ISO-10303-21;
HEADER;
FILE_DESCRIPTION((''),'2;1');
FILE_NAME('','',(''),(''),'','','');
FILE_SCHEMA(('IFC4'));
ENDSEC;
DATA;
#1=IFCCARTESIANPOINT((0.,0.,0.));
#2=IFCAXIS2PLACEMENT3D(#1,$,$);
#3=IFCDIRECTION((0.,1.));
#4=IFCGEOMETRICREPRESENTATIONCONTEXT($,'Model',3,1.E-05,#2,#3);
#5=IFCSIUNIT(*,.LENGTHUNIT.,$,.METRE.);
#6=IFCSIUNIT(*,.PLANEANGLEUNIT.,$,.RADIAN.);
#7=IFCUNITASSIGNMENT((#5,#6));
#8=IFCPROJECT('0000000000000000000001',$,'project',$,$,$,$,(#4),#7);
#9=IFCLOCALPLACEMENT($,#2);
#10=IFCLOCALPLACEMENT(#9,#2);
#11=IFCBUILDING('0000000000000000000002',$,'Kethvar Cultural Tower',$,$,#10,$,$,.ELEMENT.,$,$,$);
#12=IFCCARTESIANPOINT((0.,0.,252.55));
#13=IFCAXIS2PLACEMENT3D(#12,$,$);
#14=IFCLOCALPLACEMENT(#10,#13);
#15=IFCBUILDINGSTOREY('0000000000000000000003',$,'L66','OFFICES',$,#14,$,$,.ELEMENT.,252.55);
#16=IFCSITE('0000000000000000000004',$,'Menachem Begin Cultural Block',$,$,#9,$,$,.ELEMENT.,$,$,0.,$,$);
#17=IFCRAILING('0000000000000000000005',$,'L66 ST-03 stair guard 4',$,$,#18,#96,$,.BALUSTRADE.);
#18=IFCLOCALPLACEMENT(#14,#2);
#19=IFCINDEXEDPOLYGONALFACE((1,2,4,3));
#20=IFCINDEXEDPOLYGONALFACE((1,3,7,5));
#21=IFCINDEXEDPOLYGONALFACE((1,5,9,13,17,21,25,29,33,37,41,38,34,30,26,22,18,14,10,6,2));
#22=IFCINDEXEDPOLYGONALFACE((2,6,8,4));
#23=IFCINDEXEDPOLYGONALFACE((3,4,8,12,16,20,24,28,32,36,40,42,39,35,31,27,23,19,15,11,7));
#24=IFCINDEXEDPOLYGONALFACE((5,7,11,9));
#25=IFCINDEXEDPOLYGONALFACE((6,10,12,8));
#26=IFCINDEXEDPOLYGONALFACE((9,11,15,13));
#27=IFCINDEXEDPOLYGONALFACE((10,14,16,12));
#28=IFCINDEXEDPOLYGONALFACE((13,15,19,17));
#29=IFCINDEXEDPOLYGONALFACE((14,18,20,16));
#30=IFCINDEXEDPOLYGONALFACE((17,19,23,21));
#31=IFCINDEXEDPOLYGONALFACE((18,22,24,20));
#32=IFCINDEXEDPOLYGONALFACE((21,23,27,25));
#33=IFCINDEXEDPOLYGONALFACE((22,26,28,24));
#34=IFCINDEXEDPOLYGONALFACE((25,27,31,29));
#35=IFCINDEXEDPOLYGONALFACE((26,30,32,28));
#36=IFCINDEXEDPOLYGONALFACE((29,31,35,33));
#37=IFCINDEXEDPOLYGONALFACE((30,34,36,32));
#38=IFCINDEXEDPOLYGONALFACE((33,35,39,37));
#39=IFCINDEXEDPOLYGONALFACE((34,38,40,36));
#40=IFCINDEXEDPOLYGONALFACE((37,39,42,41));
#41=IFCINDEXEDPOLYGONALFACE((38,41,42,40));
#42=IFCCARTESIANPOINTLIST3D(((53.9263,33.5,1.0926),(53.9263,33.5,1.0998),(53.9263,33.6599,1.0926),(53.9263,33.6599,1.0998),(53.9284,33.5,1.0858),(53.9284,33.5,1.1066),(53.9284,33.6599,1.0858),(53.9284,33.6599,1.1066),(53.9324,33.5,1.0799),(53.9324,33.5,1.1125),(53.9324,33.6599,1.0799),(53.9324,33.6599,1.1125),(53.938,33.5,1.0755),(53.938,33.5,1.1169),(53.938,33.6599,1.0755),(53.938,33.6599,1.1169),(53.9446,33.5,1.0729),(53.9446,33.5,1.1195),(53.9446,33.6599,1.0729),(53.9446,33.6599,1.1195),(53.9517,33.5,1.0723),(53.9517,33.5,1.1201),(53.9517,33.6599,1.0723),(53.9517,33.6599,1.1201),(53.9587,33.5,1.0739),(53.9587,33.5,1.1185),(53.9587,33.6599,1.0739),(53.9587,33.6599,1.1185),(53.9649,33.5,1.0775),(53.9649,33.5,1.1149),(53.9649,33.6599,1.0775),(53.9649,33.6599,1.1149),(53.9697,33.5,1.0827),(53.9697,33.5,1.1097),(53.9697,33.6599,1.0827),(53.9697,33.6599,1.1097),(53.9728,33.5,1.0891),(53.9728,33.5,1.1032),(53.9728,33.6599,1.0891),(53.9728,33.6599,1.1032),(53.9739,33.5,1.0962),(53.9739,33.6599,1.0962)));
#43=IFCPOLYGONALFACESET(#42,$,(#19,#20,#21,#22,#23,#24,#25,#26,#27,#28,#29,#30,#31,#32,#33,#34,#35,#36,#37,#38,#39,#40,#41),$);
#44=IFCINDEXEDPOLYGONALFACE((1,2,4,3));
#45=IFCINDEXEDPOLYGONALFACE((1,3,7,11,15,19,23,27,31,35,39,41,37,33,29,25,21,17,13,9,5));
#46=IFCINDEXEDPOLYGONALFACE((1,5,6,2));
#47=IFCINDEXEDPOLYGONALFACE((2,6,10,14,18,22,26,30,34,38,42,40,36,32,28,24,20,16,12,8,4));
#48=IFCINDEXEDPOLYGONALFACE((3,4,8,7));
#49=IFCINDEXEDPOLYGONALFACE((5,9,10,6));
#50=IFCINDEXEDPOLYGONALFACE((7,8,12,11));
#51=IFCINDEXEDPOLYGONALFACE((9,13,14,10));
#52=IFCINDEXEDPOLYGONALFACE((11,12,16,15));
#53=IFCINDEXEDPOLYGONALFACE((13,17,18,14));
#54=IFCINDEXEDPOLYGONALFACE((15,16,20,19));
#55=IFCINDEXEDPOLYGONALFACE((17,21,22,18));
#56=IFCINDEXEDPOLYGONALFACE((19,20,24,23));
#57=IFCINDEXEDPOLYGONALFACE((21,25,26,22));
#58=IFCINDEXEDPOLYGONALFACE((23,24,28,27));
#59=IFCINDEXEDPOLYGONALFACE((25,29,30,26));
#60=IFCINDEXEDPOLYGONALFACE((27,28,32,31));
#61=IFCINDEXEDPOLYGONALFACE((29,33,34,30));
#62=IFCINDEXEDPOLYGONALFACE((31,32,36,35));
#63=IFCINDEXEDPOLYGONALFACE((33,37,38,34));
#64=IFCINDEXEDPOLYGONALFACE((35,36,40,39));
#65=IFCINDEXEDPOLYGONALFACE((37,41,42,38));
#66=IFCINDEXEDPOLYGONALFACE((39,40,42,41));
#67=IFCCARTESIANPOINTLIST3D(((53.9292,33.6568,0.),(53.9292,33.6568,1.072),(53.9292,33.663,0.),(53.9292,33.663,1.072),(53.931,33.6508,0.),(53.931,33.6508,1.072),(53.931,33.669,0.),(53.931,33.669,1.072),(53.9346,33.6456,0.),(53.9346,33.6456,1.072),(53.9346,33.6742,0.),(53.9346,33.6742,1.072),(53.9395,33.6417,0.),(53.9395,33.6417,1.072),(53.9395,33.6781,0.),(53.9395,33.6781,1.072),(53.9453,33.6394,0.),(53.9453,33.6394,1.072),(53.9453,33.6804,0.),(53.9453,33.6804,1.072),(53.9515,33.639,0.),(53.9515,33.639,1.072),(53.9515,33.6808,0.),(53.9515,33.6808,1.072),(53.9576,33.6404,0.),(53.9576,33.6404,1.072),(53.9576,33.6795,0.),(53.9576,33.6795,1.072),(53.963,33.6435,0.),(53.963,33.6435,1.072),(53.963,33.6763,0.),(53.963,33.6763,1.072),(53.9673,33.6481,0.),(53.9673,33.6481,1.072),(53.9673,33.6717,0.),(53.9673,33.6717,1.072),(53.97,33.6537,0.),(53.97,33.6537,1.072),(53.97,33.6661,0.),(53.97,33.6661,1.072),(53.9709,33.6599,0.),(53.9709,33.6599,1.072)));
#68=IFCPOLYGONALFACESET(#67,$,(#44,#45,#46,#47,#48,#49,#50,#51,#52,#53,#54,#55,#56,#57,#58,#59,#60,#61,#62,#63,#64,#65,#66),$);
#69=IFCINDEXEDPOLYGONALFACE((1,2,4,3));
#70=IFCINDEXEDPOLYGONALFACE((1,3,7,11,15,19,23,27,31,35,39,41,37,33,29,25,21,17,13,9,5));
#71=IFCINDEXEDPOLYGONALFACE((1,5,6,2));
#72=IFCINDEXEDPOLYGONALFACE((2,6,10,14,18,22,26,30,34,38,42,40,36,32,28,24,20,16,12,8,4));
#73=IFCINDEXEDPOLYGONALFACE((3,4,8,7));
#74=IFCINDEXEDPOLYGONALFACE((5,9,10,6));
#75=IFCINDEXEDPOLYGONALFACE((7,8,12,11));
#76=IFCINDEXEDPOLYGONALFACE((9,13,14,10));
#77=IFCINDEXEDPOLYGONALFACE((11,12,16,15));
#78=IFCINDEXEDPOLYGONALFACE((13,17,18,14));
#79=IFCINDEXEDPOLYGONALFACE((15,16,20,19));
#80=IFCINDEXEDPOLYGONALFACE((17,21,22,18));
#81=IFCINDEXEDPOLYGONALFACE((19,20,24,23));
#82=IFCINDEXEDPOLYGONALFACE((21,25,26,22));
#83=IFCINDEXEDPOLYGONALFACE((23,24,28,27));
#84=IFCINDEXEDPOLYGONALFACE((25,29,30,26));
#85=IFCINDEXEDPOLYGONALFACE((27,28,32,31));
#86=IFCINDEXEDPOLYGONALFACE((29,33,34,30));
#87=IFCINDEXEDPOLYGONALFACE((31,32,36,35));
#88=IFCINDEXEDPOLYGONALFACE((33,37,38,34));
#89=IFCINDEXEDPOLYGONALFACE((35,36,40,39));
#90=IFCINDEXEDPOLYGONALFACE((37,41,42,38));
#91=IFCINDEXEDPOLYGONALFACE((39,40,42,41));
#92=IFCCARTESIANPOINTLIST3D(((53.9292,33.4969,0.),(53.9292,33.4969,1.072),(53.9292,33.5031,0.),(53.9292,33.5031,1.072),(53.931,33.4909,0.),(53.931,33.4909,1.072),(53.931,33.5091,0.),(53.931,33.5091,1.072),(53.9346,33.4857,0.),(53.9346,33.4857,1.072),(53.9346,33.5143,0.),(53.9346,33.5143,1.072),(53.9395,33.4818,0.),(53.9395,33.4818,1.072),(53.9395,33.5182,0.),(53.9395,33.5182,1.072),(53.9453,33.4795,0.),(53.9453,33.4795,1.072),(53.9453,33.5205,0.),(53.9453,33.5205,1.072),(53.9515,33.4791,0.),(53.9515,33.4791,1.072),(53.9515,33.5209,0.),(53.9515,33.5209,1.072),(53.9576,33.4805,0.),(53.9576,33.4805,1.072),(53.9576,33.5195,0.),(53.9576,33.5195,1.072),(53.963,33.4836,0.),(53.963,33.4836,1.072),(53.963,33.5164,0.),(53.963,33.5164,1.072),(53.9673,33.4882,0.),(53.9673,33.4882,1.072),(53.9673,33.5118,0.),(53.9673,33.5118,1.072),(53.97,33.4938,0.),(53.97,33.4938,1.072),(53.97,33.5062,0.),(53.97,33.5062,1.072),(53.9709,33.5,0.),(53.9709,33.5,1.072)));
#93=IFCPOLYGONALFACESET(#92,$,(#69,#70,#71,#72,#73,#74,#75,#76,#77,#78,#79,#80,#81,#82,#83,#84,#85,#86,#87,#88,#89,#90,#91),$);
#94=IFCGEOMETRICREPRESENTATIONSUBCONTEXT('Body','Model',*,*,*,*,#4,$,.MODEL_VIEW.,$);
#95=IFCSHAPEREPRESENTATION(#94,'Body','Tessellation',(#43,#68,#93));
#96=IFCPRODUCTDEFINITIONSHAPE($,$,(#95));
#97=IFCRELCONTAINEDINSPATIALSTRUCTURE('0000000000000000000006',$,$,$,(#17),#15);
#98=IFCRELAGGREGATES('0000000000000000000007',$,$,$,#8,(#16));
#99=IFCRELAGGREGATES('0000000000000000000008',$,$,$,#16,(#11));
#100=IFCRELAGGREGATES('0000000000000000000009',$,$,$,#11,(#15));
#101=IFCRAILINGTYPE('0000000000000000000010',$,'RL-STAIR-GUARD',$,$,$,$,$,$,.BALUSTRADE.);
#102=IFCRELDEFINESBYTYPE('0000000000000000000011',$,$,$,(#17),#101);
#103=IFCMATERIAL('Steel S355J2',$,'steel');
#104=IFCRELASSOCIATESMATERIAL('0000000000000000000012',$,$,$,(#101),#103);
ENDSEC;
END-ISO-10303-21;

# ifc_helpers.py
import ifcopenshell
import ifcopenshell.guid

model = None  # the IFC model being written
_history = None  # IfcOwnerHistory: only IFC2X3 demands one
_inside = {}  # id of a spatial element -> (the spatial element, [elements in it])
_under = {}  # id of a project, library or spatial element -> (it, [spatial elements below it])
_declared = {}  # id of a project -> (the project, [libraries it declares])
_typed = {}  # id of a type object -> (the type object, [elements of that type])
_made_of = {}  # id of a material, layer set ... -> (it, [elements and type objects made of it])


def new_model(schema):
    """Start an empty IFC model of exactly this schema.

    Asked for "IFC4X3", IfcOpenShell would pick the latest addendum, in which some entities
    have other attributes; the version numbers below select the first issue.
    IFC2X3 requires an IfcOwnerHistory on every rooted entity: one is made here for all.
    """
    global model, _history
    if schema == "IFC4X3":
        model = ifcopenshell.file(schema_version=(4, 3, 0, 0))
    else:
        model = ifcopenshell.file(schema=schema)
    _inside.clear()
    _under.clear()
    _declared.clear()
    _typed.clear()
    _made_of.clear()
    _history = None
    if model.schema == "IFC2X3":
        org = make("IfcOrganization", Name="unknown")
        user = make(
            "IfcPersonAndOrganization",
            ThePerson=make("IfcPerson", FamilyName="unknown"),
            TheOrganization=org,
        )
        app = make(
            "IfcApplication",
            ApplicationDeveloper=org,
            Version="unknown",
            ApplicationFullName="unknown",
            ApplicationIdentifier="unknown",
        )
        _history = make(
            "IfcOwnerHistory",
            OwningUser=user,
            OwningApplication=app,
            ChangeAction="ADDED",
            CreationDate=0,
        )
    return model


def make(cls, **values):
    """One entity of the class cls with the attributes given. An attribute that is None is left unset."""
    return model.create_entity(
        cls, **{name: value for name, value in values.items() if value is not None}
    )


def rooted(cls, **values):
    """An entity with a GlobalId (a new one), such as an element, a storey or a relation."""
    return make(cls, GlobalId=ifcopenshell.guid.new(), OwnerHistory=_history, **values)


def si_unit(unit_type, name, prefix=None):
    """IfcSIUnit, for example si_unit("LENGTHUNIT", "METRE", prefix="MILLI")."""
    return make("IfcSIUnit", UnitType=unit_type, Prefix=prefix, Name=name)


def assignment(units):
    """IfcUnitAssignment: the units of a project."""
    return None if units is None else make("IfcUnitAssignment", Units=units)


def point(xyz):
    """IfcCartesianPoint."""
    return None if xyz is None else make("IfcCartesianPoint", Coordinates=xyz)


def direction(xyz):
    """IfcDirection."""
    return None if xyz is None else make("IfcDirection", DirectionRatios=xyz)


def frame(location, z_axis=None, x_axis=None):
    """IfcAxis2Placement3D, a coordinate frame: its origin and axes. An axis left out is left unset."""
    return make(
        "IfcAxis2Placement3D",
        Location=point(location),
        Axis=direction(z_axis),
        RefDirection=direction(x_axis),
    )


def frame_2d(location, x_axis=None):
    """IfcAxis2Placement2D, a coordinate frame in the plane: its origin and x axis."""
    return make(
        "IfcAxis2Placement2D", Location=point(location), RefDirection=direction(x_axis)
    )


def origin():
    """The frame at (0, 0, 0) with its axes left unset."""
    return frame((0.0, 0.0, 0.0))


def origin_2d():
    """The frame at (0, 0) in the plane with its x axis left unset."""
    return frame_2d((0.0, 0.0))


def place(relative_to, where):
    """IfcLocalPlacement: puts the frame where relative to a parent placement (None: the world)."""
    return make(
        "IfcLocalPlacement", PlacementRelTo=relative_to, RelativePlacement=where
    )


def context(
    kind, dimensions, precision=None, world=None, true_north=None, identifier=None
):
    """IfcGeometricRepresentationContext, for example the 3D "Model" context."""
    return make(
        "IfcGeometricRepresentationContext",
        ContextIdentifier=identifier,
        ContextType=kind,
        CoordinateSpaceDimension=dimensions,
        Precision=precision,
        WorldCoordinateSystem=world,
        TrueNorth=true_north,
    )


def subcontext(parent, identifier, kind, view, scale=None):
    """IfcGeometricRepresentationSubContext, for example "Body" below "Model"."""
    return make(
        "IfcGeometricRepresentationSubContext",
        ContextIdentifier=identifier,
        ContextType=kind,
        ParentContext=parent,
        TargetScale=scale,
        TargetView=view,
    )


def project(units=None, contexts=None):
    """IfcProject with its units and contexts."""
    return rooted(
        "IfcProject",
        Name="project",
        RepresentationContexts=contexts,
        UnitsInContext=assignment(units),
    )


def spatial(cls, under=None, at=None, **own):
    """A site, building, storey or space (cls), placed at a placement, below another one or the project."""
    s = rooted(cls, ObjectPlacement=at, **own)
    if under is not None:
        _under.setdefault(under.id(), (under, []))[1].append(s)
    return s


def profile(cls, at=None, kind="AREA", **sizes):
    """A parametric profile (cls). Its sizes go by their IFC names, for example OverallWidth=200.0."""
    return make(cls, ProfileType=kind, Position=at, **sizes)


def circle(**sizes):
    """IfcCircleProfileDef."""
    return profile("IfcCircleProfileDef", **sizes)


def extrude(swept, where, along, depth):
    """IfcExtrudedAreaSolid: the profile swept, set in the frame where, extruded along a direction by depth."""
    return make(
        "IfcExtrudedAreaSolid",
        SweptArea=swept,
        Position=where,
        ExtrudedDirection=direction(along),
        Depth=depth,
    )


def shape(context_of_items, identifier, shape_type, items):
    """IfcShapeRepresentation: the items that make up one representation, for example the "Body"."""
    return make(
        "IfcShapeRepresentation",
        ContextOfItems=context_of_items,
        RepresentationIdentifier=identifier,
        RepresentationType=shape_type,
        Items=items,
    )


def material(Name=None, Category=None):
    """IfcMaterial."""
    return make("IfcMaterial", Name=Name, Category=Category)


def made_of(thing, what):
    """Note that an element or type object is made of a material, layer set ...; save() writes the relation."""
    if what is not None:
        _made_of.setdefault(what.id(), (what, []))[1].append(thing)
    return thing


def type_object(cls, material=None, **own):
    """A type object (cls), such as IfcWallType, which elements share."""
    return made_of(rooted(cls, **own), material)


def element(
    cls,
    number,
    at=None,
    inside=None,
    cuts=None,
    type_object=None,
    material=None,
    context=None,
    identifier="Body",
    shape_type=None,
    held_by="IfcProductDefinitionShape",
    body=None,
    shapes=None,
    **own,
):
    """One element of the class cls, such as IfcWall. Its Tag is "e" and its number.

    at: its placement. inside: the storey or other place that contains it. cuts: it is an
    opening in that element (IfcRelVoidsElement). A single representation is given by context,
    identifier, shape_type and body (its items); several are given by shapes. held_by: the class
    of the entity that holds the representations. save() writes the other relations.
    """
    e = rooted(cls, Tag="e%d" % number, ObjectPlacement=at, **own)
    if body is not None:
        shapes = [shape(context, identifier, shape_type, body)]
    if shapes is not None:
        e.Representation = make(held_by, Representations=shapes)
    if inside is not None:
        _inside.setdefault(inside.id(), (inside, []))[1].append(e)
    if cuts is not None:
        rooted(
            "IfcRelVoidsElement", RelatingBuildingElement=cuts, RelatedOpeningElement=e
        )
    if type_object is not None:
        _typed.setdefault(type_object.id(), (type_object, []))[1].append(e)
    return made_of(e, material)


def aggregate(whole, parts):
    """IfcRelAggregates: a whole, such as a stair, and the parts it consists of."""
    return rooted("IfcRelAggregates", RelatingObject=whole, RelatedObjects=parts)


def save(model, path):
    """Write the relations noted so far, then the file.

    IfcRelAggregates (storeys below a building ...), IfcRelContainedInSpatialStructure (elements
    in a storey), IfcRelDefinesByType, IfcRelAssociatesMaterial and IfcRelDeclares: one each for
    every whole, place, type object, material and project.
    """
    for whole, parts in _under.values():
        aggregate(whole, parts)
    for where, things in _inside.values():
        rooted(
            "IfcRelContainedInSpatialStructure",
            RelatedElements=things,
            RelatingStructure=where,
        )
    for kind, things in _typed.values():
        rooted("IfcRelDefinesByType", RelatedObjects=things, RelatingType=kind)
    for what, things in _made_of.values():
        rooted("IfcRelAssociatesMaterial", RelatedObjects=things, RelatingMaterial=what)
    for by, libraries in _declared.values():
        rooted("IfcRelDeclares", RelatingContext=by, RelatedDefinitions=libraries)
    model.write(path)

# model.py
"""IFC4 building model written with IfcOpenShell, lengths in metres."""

from ifc_helpers import new_model, si_unit, direction, frame, origin, origin_2d, place, context, subcontext, project, spatial, circle, extrude, material, type_object, element, save


model = new_model("IFC4")

# Units and contexts
model_context = context("Model", 3, precision=1e-05, world=origin(), true_north=direction((0.0, 1.0)))
body_context = subcontext(model_context, "Body", "Model", "MODEL_VIEW")
ifc_project = project(units=[si_unit("LENGTHUNIT", "METRE"), si_unit("PLANEANGLEUNIT", "RADIAN")], contexts=[model_context])

# Site, building, storey
site_placement = place(None, origin())
site = spatial("IfcSite", under=ifc_project, at=site_placement, Name="Menachem Begin Cultural Block", CompositionType="ELEMENT", RefElevation=0.0)
building_placement = place(site_placement, origin())
building = spatial("IfcBuilding", under=site, at=building_placement, Name="Kethvar Cultural Tower", CompositionType="ELEMENT")
storey_placement = place(building_placement, frame((0.0, 0.0, 252.55)))
storey = spatial("IfcBuildingStorey", under=building, at=storey_placement, Name="L66", Description="OFFICES", CompositionType="ELEMENT", Elevation=252.55)

# Shared definitions
ifc_material_1 = material(Name="Steel S355J2", Category="steel")

# Railing
railing_type_1 = type_object("IfcRailingType", Name="RL-STAIR-GUARD", PredefinedType="BALUSTRADE", material=ifc_material_1)
railing_1_placement = place(storey_placement, frame((53.95, 33.6599, 0.0)))
element("IfcRailing", 1, at=railing_1_placement, inside=storey, type_object=railing_type_1, Name="L66 ST-03 stair guard 4", PredefinedType="BALUSTRADE", context=body_context, shape_type="SweptSolid", body=[
    extrude(circle(Radius=0.0239, at=origin_2d()), frame((0.0, 0.0, 1.0962), z_axis=(0.0, -1.0, 0.0), x_axis=(1.0, 0.0, 0.0)), (0.0, 0.0, 1.0), 0.1599),
    extrude(circle(Radius=0.021, at=origin_2d()), origin(), (0.0, 0.0, 1.0), 1.072),
    extrude(circle(Radius=0.021, at=origin_2d()), frame((0.0, -0.1599, 0.0)), (0.0, 0.0, 1.0), 1.072),
])

save(model, "model.ifc")
